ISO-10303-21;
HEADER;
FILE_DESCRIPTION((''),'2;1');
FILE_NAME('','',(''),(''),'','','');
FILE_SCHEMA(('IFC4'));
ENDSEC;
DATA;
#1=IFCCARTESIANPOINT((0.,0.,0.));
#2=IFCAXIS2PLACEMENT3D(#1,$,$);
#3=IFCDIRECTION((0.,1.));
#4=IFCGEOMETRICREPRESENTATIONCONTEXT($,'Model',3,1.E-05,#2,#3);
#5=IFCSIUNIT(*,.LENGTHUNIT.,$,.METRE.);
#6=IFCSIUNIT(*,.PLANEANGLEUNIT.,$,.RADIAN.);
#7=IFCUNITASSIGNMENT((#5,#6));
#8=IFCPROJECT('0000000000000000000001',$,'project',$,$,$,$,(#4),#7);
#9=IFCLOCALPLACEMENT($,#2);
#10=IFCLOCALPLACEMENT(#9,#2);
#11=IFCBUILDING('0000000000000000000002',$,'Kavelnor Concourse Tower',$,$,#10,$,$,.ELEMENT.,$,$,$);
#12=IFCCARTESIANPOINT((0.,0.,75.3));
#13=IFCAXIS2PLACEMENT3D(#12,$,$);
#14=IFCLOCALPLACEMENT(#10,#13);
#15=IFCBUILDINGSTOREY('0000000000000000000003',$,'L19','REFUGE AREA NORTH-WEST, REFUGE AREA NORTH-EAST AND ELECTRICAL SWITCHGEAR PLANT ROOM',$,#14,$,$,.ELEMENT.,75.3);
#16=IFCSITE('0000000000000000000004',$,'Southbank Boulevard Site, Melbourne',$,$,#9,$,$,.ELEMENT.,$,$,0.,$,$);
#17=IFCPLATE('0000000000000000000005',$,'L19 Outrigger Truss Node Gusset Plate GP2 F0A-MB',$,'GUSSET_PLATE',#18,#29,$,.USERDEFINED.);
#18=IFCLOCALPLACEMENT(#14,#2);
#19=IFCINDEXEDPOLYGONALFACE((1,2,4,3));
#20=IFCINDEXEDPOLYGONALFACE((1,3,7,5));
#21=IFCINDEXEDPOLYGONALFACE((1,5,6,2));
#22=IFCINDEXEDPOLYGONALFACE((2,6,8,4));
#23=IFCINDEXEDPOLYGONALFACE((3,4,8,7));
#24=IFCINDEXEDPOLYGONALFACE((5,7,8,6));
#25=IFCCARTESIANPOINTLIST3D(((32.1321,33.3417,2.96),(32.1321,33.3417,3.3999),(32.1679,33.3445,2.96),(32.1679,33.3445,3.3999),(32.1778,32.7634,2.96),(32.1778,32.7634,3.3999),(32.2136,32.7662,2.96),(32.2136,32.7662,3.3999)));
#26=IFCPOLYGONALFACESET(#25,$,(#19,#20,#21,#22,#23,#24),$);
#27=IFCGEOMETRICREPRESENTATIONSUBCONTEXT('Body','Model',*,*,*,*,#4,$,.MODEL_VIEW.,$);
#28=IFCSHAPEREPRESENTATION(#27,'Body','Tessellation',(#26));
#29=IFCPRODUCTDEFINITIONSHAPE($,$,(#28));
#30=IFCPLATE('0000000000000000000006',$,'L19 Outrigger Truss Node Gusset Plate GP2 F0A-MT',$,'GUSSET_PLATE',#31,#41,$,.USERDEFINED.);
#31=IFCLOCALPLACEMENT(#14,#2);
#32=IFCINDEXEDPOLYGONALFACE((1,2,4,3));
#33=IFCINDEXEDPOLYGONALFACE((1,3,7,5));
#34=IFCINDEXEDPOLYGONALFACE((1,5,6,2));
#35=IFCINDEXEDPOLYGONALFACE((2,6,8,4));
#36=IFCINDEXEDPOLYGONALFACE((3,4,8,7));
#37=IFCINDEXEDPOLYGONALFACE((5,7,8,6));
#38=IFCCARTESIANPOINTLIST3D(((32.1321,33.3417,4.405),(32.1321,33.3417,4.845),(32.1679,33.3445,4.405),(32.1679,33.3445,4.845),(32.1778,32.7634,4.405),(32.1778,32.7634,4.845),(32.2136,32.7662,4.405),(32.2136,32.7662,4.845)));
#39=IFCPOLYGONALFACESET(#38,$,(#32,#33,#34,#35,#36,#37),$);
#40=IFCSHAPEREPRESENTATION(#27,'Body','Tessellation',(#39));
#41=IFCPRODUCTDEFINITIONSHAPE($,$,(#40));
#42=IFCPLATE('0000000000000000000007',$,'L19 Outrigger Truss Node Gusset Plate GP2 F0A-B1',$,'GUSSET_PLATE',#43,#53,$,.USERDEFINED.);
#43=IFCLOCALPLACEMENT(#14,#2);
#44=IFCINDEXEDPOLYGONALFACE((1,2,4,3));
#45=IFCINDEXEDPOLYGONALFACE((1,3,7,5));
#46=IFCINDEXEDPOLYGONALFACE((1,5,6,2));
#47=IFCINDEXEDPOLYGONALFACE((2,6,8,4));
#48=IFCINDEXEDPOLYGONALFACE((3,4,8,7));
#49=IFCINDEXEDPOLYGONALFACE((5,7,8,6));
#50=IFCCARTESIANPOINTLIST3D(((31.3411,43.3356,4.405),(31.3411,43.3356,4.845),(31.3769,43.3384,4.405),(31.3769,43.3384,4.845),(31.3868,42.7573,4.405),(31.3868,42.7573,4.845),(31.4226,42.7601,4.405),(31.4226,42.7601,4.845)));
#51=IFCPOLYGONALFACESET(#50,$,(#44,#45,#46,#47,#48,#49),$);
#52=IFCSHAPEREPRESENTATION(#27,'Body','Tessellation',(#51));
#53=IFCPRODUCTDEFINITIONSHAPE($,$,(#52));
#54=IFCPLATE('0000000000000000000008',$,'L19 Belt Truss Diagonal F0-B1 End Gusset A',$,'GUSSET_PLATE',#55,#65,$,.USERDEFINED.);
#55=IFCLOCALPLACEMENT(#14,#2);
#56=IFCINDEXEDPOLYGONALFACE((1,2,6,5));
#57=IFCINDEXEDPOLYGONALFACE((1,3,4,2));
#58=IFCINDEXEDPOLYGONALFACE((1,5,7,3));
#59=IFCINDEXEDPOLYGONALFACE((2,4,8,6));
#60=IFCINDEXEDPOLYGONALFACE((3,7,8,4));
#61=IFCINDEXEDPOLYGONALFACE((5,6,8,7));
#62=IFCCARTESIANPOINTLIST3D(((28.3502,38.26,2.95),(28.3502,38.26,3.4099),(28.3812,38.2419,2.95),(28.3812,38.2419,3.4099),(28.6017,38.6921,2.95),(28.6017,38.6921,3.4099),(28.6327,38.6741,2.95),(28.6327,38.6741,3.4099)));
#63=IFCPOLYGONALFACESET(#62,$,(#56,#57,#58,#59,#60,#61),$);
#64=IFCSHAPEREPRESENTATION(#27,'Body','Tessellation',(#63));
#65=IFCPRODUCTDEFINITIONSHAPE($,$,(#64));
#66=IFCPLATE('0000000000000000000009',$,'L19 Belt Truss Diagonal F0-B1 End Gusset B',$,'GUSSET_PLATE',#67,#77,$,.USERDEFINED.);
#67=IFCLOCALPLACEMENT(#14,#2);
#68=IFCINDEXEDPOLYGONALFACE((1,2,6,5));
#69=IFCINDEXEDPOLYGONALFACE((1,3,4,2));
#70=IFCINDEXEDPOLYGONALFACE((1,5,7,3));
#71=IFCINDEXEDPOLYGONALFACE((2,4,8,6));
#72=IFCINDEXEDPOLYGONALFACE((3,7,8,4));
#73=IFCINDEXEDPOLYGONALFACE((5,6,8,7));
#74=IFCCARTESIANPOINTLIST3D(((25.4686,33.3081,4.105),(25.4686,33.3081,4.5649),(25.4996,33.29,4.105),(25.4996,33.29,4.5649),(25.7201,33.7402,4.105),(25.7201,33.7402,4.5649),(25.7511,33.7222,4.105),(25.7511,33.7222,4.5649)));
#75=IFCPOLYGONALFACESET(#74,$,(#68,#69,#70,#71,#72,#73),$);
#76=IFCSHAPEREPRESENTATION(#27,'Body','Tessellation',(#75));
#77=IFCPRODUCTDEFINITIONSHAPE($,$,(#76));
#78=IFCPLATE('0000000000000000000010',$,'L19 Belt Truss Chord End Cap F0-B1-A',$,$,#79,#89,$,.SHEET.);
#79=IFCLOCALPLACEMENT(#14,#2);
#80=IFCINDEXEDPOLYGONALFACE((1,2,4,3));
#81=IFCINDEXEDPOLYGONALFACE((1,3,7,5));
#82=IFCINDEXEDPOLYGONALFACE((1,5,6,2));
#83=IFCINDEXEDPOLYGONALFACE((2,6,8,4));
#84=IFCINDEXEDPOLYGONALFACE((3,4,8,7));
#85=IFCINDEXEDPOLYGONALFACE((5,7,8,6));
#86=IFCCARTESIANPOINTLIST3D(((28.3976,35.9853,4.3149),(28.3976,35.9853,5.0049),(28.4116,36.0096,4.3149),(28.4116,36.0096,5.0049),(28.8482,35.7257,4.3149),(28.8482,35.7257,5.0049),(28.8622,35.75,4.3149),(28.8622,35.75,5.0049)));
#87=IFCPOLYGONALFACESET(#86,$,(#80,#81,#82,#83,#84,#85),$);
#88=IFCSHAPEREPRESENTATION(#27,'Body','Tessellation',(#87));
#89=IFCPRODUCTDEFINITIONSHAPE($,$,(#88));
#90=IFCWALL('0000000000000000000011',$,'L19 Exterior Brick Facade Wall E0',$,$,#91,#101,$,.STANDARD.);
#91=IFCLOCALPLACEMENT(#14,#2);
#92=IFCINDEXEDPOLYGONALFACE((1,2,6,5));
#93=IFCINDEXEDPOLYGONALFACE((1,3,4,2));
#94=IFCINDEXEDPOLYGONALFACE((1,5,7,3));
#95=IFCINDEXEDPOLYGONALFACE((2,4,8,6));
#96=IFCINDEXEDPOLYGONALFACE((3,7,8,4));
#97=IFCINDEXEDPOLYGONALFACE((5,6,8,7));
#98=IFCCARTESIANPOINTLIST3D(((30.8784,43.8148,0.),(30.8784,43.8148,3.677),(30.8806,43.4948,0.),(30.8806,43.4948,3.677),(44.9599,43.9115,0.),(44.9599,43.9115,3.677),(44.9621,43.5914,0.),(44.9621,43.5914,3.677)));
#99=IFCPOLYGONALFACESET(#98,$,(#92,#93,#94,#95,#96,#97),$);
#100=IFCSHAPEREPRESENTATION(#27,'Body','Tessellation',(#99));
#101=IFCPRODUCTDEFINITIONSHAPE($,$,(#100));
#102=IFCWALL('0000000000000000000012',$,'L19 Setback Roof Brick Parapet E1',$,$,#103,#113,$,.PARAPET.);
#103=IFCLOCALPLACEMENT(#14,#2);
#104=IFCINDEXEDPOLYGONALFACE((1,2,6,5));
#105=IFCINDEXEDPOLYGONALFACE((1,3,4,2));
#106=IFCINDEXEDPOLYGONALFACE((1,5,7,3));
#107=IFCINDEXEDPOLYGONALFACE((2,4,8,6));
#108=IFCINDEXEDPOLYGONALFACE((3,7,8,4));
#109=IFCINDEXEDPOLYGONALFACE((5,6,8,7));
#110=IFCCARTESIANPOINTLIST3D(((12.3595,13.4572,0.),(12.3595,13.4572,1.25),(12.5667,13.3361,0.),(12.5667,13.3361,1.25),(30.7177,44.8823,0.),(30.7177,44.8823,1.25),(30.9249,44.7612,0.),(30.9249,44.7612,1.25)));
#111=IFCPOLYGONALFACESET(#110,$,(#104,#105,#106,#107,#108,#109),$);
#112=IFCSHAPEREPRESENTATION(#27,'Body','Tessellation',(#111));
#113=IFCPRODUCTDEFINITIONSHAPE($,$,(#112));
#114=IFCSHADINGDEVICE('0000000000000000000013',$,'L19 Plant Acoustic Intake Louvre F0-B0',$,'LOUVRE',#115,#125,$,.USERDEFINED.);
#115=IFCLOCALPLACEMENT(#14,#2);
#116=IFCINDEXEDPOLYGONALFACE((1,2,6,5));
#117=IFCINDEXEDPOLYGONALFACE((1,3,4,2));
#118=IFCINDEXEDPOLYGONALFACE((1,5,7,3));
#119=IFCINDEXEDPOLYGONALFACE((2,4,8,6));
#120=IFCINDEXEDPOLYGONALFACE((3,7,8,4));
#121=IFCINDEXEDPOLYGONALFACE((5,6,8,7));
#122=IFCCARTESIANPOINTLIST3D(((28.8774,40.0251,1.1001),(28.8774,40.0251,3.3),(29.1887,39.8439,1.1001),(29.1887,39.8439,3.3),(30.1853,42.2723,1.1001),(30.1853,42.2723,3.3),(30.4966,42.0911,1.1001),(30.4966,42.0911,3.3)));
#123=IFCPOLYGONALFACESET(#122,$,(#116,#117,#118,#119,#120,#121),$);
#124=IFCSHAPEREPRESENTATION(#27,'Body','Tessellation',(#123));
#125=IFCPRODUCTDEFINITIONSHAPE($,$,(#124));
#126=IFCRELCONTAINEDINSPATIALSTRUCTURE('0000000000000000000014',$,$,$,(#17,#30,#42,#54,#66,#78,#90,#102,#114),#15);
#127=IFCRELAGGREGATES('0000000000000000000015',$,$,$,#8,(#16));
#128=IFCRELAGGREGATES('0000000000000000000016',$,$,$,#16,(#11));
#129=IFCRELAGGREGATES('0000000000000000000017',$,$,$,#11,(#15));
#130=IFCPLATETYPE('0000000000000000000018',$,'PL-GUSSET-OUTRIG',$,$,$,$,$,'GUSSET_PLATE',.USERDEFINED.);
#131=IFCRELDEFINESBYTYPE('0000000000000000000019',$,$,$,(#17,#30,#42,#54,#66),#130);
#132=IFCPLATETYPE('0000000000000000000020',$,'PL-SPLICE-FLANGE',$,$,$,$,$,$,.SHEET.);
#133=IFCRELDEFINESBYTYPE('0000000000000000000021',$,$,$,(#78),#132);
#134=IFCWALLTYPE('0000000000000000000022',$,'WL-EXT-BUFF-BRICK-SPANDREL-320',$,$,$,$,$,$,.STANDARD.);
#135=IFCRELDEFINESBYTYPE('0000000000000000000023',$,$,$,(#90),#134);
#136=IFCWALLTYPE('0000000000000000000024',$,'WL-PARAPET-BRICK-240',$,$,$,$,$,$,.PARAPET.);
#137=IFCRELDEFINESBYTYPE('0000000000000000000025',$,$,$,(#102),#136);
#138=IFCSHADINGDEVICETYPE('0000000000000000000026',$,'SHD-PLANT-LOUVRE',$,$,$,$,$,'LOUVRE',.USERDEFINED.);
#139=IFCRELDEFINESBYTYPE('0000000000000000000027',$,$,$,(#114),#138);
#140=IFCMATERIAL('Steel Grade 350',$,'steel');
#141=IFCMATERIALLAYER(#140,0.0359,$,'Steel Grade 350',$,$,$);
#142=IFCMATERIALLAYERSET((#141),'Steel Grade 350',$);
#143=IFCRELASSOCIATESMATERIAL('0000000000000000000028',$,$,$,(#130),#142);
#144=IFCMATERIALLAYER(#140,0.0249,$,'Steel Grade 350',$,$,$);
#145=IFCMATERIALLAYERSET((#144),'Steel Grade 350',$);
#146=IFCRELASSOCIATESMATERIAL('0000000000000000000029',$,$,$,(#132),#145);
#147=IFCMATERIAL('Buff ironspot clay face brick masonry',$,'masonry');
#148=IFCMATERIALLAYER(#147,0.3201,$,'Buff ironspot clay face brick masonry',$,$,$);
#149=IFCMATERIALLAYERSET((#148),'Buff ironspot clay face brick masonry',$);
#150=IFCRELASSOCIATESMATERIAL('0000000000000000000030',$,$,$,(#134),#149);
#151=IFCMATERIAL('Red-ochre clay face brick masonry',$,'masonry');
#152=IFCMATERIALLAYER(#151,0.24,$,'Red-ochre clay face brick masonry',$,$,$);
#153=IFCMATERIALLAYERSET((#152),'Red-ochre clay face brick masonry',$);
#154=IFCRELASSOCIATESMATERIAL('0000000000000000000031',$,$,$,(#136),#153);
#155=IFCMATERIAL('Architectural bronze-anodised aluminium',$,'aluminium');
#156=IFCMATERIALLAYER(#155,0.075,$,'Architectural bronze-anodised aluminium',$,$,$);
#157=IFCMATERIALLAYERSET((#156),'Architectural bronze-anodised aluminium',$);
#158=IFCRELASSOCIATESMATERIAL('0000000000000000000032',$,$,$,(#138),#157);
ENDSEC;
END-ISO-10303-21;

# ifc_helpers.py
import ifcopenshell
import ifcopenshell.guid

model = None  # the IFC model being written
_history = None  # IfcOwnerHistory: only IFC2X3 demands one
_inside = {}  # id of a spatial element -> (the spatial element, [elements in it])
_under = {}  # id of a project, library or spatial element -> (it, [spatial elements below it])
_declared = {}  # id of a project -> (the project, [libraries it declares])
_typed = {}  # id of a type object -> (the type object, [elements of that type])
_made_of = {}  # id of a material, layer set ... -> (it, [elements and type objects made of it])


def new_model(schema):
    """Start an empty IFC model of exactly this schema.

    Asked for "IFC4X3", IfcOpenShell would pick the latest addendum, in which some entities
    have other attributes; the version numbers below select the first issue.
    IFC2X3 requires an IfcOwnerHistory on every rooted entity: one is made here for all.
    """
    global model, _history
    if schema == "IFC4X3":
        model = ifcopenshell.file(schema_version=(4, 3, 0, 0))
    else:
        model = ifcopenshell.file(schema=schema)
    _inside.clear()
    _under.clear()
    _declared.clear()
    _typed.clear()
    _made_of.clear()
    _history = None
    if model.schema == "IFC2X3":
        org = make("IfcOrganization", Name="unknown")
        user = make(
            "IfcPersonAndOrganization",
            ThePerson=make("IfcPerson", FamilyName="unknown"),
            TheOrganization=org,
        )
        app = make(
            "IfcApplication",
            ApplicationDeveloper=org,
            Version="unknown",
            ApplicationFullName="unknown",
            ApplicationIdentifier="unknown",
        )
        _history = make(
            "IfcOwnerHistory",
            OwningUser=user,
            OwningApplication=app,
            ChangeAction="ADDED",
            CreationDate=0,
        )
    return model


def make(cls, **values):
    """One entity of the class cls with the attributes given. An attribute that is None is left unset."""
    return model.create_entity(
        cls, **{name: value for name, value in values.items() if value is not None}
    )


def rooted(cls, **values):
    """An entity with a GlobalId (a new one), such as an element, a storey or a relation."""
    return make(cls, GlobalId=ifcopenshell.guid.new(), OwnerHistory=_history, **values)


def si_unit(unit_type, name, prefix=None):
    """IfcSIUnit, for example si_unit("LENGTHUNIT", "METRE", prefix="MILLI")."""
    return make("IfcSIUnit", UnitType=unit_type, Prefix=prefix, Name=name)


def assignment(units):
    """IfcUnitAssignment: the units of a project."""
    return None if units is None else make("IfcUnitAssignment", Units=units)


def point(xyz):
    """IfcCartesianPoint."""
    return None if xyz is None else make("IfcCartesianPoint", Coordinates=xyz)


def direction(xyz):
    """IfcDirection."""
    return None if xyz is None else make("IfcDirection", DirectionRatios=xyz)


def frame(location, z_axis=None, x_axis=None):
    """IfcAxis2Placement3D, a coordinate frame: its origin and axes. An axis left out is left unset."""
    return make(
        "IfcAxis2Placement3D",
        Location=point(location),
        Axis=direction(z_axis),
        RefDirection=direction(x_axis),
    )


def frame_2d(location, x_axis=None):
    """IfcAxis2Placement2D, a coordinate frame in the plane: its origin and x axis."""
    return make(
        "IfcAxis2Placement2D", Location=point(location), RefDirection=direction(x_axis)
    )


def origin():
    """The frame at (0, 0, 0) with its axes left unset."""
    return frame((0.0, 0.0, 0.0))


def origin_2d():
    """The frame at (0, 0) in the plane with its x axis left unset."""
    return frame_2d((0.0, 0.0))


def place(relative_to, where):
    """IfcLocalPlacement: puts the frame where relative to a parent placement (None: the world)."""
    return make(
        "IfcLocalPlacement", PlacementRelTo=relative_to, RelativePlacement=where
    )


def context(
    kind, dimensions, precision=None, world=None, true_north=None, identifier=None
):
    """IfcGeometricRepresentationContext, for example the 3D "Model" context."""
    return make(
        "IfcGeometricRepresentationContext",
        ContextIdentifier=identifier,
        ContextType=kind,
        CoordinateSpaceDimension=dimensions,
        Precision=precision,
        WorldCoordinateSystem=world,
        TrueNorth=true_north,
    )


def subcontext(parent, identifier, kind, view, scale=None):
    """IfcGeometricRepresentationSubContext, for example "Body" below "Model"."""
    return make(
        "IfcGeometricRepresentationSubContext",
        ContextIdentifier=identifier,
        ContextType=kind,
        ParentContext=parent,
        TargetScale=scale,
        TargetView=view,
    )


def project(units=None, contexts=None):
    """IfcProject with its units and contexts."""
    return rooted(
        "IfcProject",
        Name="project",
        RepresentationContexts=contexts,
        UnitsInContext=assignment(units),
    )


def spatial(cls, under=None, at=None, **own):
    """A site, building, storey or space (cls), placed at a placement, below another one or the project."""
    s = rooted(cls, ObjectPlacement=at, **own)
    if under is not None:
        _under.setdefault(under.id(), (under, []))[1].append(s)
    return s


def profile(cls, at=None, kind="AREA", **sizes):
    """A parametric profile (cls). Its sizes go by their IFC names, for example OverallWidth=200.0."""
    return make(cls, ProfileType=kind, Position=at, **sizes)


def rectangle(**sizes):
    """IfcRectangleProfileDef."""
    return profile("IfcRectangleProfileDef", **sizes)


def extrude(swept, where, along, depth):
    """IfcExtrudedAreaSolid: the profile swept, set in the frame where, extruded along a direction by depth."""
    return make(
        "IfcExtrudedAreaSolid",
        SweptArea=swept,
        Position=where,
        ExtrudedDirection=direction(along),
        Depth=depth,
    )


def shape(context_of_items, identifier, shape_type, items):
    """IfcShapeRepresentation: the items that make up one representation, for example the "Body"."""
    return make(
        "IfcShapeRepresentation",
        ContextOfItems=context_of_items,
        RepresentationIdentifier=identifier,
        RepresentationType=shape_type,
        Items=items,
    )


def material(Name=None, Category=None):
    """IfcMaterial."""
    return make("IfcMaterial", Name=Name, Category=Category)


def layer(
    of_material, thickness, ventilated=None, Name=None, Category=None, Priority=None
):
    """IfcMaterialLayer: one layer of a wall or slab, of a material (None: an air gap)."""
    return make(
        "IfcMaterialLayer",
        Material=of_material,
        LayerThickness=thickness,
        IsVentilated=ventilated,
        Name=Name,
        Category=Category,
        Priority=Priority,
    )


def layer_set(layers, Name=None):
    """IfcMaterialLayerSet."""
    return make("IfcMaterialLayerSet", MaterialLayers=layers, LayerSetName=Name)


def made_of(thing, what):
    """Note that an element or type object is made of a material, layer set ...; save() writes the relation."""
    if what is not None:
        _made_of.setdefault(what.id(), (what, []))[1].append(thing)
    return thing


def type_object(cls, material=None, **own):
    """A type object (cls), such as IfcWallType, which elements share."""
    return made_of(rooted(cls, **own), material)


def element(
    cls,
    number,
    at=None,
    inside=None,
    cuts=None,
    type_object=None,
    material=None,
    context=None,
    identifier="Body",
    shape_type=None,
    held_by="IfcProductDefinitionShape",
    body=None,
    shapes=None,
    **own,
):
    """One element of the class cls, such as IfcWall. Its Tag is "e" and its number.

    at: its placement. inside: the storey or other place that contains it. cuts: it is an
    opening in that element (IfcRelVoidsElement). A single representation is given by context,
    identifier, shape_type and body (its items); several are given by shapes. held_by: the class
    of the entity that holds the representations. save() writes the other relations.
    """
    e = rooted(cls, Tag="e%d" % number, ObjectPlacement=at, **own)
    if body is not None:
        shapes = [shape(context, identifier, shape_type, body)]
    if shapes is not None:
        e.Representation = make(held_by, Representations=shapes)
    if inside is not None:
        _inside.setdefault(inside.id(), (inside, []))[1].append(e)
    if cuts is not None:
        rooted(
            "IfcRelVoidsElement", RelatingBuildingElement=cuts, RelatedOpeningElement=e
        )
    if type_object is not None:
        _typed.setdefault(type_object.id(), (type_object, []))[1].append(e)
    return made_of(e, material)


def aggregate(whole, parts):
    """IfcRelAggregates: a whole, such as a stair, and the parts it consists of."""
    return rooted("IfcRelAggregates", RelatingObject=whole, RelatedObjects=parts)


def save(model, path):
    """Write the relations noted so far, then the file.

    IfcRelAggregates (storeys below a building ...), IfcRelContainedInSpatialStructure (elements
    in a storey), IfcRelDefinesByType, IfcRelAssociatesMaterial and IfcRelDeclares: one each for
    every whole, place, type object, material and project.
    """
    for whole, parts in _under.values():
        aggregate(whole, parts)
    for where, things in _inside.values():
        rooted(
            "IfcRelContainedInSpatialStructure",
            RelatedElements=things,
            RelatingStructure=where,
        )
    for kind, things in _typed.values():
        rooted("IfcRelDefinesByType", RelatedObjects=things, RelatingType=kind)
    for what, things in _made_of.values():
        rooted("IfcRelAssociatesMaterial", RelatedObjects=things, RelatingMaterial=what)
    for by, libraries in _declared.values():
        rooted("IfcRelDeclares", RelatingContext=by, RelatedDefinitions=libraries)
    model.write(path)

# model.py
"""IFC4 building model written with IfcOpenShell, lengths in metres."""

from ifc_helpers import new_model, si_unit, direction, frame, frame_2d, origin, origin_2d, place, context, subcontext, project, spatial, rectangle, extrude, material, layer, layer_set, type_object, element, save


model = new_model("IFC4")

# Units and contexts
model_context = context("Model", 3, precision=1e-05, world=origin(), true_north=direction((0.0, 1.0)))
body_context = subcontext(model_context, "Body", "Model", "MODEL_VIEW")
ifc_project = project(units=[si_unit("LENGTHUNIT", "METRE"), si_unit("PLANEANGLEUNIT", "RADIAN")], contexts=[model_context])

# Site, building, storey
site_placement = place(None, origin())
site = spatial("IfcSite", under=ifc_project, at=site_placement, Name="Southbank Boulevard Site, Melbourne", CompositionType="ELEMENT", RefElevation=0.0)
building_placement = place(site_placement, origin())
building = spatial("IfcBuilding", under=site, at=building_placement, Name="Kavelnor Concourse Tower", CompositionType="ELEMENT")
storey_placement = place(building_placement, frame((0.0, 0.0, 75.3)))
storey = spatial("IfcBuildingStorey", under=building, at=storey_placement, Name="L19", Description="REFUGE AREA NORTH-WEST, REFUGE AREA NORTH-EAST AND ELECTRICAL SWITCHGEAR PLANT ROOM", CompositionType="ELEMENT", Elevation=75.3)

# Shared definitions
ifc_material_1 = material(Name="Steel Grade 350", Category="steel")

# Plates
ifc_layer_1 = layer(ifc_material_1, 0.0359, Name="Steel Grade 350")
ifc_layer_set_1 = layer_set([ifc_layer_1], Name="Steel Grade 350")
plate_type_1 = type_object("IfcPlateType", Name="PL-GUSSET-OUTRIG", ElementType="GUSSET_PLATE", PredefinedType="USERDEFINED", material=ifc_layer_set_1)
for number, where, z_axis, x_axis, name in (
    (1, (32.1729, 33.054, 2.96), (0.0, 0.0, 1.0), (-0.078807, 0.99689, 0.0), "L19 Outrigger Truss Node Gusset Plate GP2 F0A-MB"),
    (2, (32.1729, 33.054, 4.405), (0.0, 0.0, 1.0), (-0.078807, 0.99689, 0.0), "L19 Outrigger Truss Node Gusset Plate GP2 F0A-MT"),
    (3, (31.3818, 43.0479, 4.405), (0.0, 0.0, 1.0), (-0.078807, 0.99689, 0.0), "L19 Outrigger Truss Node Gusset Plate GP2 F0A-B1"),
):
    element("IfcPlate", number, at=place(storey_placement, frame(where, z_axis=z_axis, x_axis=x_axis)), inside=storey, type_object=plate_type_1, Name=name, ObjectType="GUSSET_PLATE", PredefinedType="USERDEFINED", context=body_context, shape_type="SweptSolid", body=[
        extrude(rectangle(XDim=0.5801, YDim=0.0359, at=origin_2d()), origin(), (0.0, 0.0, 1.0), 0.4399),
    ])
for number, where, z_axis, x_axis, name in (
    (4, (28.4915, 38.467, 2.95), (0.0, 0.0, 1.0), (-0.50302, -0.864275, 0.0), "L19 Belt Truss Diagonal F0-B1 End Gusset A"),
    (5, (25.6099, 33.5151, 4.105), (0.0, 0.0, 1.0), (-0.50302, -0.864275, 0.0), "L19 Belt Truss Diagonal F0-B1 End Gusset B"),
):
    element("IfcPlate", number, at=place(storey_placement, frame(where, z_axis=z_axis, x_axis=x_axis)), inside=storey, type_object=plate_type_1, Name=name, ObjectType="GUSSET_PLATE", PredefinedType="USERDEFINED", context=body_context, shape_type="SweptSolid", body=[
        extrude(rectangle(XDim=0.5, YDim=0.0359, at=origin_2d()), origin(), (0.0, 0.0, 1.0), 0.46),
    ])
ifc_layer_2 = layer(ifc_material_1, 0.0249, Name="Steel Grade 350")
ifc_layer_set_2 = layer_set([ifc_layer_2], Name="Steel Grade 350")
plate_type_2 = type_object("IfcPlateType", Name="PL-SPLICE-FLANGE", PredefinedType="SHEET", material=ifc_layer_set_2)
plate_placement = place(storey_placement, frame((28.6299, 35.8677, 4.3149), z_axis=(0.0, 0.0, 1.0), x_axis=(-0.866461, 0.499244, 0.0)))
element("IfcPlate", 6, at=plate_placement, inside=storey, type_object=plate_type_2, Name="L19 Belt Truss Chord End Cap F0-B1-A", PredefinedType="SHEET", context=body_context, shape_type="SweptSolid", body=[
    extrude(rectangle(XDim=0.52, YDim=0.0281, at=origin_2d()), origin(), (0.0, 0.0, 1.0), 0.6899),
])

# Walls
ifc_material_2 = material(Name="Buff ironspot clay face brick masonry", Category="masonry")
ifc_layer_3 = layer(ifc_material_2, 0.3201, Name="Buff ironspot clay face brick masonry")
ifc_layer_set_3 = layer_set([ifc_layer_3], Name="Buff ironspot clay face brick masonry")
wall_type_1 = type_object("IfcWallType", Name="WL-EXT-BUFF-BRICK-SPANDREL-320", PredefinedType="STANDARD", material=ifc_layer_set_3)
wall_1_placement = place(storey_placement, frame((30.8794, 43.6548, 0.0), z_axis=(0.0, 0.0, 1.0), x_axis=(0.999976, 0.006866, 0.0)))
element("IfcWall", 7, at=wall_1_placement, inside=storey, type_object=wall_type_1, Name="L19 Exterior Brick Facade Wall E0", PredefinedType="STANDARD", context=body_context, shape_type="SweptSolid", body=[
    extrude(rectangle(XDim=14.0818, YDim=0.3201, at=frame_2d((7.041, 0.0))), origin(), (0.0, 0.0, 1.0), 3.677),
])
ifc_material_3 = material(Name="Red-ochre clay face brick masonry", Category="masonry")
ifc_layer_4 = layer(ifc_material_3, 0.24, Name="Red-ochre clay face brick masonry")
ifc_layer_set_4 = layer_set([ifc_layer_4], Name="Red-ochre clay face brick masonry")
wall_type_2 = type_object("IfcWallType", Name="WL-PARAPET-BRICK-240", PredefinedType="PARAPET", material=ifc_layer_set_4)
wall_2_placement = place(storey_placement, frame((30.8213, 44.8218, 0.0), z_axis=(0.0, 0.0, 1.0), x_axis=(-0.504422, -0.863457, 0.0)))
element("IfcWall", 8, at=wall_2_placement, inside=storey, type_object=wall_type_2, Name="L19 Setback Roof Brick Parapet E1", PredefinedType="PARAPET", context=body_context, shape_type="SweptSolid", body=[
    extrude(rectangle(XDim=36.3945, YDim=0.24, at=frame_2d((18.1973, 0.0))), origin(), (0.0, 0.0, 1.0), 1.25),
])

# Shading device
ifc_material_4 = material(Name="Architectural bronze-anodised aluminium", Category="aluminium")
ifc_layer_5 = layer(ifc_material_4, 0.075, Name="Architectural bronze-anodised aluminium")
ifc_layer_set_5 = layer_set([ifc_layer_5], Name="Architectural bronze-anodised aluminium")
shading_device_type = type_object("IfcShadingDeviceType", Name="SHD-PLANT-LOUVRE", ElementType="LOUVRE", PredefinedType="USERDEFINED", material=ifc_layer_set_5)
shading_device_placement = place(storey_placement, frame((29.687, 41.0581, 1.1001), z_axis=(0.0, 0.0, 1.0), x_axis=(0.50302, 0.864275, 0.0)))
element("IfcShadingDevice", 9, at=shading_device_placement, inside=storey, type_object=shading_device_type, Name="L19 Plant Acoustic Intake Louvre F0-B0", ObjectType="LOUVRE", PredefinedType="USERDEFINED", context=body_context, shape_type="SweptSolid", body=[
    extrude(rectangle(XDim=2.6001, YDim=0.3601, at=origin_2d()), origin(), (0.0, 0.0, 1.0), 2.2),
])

save(model, "model.ifc")
